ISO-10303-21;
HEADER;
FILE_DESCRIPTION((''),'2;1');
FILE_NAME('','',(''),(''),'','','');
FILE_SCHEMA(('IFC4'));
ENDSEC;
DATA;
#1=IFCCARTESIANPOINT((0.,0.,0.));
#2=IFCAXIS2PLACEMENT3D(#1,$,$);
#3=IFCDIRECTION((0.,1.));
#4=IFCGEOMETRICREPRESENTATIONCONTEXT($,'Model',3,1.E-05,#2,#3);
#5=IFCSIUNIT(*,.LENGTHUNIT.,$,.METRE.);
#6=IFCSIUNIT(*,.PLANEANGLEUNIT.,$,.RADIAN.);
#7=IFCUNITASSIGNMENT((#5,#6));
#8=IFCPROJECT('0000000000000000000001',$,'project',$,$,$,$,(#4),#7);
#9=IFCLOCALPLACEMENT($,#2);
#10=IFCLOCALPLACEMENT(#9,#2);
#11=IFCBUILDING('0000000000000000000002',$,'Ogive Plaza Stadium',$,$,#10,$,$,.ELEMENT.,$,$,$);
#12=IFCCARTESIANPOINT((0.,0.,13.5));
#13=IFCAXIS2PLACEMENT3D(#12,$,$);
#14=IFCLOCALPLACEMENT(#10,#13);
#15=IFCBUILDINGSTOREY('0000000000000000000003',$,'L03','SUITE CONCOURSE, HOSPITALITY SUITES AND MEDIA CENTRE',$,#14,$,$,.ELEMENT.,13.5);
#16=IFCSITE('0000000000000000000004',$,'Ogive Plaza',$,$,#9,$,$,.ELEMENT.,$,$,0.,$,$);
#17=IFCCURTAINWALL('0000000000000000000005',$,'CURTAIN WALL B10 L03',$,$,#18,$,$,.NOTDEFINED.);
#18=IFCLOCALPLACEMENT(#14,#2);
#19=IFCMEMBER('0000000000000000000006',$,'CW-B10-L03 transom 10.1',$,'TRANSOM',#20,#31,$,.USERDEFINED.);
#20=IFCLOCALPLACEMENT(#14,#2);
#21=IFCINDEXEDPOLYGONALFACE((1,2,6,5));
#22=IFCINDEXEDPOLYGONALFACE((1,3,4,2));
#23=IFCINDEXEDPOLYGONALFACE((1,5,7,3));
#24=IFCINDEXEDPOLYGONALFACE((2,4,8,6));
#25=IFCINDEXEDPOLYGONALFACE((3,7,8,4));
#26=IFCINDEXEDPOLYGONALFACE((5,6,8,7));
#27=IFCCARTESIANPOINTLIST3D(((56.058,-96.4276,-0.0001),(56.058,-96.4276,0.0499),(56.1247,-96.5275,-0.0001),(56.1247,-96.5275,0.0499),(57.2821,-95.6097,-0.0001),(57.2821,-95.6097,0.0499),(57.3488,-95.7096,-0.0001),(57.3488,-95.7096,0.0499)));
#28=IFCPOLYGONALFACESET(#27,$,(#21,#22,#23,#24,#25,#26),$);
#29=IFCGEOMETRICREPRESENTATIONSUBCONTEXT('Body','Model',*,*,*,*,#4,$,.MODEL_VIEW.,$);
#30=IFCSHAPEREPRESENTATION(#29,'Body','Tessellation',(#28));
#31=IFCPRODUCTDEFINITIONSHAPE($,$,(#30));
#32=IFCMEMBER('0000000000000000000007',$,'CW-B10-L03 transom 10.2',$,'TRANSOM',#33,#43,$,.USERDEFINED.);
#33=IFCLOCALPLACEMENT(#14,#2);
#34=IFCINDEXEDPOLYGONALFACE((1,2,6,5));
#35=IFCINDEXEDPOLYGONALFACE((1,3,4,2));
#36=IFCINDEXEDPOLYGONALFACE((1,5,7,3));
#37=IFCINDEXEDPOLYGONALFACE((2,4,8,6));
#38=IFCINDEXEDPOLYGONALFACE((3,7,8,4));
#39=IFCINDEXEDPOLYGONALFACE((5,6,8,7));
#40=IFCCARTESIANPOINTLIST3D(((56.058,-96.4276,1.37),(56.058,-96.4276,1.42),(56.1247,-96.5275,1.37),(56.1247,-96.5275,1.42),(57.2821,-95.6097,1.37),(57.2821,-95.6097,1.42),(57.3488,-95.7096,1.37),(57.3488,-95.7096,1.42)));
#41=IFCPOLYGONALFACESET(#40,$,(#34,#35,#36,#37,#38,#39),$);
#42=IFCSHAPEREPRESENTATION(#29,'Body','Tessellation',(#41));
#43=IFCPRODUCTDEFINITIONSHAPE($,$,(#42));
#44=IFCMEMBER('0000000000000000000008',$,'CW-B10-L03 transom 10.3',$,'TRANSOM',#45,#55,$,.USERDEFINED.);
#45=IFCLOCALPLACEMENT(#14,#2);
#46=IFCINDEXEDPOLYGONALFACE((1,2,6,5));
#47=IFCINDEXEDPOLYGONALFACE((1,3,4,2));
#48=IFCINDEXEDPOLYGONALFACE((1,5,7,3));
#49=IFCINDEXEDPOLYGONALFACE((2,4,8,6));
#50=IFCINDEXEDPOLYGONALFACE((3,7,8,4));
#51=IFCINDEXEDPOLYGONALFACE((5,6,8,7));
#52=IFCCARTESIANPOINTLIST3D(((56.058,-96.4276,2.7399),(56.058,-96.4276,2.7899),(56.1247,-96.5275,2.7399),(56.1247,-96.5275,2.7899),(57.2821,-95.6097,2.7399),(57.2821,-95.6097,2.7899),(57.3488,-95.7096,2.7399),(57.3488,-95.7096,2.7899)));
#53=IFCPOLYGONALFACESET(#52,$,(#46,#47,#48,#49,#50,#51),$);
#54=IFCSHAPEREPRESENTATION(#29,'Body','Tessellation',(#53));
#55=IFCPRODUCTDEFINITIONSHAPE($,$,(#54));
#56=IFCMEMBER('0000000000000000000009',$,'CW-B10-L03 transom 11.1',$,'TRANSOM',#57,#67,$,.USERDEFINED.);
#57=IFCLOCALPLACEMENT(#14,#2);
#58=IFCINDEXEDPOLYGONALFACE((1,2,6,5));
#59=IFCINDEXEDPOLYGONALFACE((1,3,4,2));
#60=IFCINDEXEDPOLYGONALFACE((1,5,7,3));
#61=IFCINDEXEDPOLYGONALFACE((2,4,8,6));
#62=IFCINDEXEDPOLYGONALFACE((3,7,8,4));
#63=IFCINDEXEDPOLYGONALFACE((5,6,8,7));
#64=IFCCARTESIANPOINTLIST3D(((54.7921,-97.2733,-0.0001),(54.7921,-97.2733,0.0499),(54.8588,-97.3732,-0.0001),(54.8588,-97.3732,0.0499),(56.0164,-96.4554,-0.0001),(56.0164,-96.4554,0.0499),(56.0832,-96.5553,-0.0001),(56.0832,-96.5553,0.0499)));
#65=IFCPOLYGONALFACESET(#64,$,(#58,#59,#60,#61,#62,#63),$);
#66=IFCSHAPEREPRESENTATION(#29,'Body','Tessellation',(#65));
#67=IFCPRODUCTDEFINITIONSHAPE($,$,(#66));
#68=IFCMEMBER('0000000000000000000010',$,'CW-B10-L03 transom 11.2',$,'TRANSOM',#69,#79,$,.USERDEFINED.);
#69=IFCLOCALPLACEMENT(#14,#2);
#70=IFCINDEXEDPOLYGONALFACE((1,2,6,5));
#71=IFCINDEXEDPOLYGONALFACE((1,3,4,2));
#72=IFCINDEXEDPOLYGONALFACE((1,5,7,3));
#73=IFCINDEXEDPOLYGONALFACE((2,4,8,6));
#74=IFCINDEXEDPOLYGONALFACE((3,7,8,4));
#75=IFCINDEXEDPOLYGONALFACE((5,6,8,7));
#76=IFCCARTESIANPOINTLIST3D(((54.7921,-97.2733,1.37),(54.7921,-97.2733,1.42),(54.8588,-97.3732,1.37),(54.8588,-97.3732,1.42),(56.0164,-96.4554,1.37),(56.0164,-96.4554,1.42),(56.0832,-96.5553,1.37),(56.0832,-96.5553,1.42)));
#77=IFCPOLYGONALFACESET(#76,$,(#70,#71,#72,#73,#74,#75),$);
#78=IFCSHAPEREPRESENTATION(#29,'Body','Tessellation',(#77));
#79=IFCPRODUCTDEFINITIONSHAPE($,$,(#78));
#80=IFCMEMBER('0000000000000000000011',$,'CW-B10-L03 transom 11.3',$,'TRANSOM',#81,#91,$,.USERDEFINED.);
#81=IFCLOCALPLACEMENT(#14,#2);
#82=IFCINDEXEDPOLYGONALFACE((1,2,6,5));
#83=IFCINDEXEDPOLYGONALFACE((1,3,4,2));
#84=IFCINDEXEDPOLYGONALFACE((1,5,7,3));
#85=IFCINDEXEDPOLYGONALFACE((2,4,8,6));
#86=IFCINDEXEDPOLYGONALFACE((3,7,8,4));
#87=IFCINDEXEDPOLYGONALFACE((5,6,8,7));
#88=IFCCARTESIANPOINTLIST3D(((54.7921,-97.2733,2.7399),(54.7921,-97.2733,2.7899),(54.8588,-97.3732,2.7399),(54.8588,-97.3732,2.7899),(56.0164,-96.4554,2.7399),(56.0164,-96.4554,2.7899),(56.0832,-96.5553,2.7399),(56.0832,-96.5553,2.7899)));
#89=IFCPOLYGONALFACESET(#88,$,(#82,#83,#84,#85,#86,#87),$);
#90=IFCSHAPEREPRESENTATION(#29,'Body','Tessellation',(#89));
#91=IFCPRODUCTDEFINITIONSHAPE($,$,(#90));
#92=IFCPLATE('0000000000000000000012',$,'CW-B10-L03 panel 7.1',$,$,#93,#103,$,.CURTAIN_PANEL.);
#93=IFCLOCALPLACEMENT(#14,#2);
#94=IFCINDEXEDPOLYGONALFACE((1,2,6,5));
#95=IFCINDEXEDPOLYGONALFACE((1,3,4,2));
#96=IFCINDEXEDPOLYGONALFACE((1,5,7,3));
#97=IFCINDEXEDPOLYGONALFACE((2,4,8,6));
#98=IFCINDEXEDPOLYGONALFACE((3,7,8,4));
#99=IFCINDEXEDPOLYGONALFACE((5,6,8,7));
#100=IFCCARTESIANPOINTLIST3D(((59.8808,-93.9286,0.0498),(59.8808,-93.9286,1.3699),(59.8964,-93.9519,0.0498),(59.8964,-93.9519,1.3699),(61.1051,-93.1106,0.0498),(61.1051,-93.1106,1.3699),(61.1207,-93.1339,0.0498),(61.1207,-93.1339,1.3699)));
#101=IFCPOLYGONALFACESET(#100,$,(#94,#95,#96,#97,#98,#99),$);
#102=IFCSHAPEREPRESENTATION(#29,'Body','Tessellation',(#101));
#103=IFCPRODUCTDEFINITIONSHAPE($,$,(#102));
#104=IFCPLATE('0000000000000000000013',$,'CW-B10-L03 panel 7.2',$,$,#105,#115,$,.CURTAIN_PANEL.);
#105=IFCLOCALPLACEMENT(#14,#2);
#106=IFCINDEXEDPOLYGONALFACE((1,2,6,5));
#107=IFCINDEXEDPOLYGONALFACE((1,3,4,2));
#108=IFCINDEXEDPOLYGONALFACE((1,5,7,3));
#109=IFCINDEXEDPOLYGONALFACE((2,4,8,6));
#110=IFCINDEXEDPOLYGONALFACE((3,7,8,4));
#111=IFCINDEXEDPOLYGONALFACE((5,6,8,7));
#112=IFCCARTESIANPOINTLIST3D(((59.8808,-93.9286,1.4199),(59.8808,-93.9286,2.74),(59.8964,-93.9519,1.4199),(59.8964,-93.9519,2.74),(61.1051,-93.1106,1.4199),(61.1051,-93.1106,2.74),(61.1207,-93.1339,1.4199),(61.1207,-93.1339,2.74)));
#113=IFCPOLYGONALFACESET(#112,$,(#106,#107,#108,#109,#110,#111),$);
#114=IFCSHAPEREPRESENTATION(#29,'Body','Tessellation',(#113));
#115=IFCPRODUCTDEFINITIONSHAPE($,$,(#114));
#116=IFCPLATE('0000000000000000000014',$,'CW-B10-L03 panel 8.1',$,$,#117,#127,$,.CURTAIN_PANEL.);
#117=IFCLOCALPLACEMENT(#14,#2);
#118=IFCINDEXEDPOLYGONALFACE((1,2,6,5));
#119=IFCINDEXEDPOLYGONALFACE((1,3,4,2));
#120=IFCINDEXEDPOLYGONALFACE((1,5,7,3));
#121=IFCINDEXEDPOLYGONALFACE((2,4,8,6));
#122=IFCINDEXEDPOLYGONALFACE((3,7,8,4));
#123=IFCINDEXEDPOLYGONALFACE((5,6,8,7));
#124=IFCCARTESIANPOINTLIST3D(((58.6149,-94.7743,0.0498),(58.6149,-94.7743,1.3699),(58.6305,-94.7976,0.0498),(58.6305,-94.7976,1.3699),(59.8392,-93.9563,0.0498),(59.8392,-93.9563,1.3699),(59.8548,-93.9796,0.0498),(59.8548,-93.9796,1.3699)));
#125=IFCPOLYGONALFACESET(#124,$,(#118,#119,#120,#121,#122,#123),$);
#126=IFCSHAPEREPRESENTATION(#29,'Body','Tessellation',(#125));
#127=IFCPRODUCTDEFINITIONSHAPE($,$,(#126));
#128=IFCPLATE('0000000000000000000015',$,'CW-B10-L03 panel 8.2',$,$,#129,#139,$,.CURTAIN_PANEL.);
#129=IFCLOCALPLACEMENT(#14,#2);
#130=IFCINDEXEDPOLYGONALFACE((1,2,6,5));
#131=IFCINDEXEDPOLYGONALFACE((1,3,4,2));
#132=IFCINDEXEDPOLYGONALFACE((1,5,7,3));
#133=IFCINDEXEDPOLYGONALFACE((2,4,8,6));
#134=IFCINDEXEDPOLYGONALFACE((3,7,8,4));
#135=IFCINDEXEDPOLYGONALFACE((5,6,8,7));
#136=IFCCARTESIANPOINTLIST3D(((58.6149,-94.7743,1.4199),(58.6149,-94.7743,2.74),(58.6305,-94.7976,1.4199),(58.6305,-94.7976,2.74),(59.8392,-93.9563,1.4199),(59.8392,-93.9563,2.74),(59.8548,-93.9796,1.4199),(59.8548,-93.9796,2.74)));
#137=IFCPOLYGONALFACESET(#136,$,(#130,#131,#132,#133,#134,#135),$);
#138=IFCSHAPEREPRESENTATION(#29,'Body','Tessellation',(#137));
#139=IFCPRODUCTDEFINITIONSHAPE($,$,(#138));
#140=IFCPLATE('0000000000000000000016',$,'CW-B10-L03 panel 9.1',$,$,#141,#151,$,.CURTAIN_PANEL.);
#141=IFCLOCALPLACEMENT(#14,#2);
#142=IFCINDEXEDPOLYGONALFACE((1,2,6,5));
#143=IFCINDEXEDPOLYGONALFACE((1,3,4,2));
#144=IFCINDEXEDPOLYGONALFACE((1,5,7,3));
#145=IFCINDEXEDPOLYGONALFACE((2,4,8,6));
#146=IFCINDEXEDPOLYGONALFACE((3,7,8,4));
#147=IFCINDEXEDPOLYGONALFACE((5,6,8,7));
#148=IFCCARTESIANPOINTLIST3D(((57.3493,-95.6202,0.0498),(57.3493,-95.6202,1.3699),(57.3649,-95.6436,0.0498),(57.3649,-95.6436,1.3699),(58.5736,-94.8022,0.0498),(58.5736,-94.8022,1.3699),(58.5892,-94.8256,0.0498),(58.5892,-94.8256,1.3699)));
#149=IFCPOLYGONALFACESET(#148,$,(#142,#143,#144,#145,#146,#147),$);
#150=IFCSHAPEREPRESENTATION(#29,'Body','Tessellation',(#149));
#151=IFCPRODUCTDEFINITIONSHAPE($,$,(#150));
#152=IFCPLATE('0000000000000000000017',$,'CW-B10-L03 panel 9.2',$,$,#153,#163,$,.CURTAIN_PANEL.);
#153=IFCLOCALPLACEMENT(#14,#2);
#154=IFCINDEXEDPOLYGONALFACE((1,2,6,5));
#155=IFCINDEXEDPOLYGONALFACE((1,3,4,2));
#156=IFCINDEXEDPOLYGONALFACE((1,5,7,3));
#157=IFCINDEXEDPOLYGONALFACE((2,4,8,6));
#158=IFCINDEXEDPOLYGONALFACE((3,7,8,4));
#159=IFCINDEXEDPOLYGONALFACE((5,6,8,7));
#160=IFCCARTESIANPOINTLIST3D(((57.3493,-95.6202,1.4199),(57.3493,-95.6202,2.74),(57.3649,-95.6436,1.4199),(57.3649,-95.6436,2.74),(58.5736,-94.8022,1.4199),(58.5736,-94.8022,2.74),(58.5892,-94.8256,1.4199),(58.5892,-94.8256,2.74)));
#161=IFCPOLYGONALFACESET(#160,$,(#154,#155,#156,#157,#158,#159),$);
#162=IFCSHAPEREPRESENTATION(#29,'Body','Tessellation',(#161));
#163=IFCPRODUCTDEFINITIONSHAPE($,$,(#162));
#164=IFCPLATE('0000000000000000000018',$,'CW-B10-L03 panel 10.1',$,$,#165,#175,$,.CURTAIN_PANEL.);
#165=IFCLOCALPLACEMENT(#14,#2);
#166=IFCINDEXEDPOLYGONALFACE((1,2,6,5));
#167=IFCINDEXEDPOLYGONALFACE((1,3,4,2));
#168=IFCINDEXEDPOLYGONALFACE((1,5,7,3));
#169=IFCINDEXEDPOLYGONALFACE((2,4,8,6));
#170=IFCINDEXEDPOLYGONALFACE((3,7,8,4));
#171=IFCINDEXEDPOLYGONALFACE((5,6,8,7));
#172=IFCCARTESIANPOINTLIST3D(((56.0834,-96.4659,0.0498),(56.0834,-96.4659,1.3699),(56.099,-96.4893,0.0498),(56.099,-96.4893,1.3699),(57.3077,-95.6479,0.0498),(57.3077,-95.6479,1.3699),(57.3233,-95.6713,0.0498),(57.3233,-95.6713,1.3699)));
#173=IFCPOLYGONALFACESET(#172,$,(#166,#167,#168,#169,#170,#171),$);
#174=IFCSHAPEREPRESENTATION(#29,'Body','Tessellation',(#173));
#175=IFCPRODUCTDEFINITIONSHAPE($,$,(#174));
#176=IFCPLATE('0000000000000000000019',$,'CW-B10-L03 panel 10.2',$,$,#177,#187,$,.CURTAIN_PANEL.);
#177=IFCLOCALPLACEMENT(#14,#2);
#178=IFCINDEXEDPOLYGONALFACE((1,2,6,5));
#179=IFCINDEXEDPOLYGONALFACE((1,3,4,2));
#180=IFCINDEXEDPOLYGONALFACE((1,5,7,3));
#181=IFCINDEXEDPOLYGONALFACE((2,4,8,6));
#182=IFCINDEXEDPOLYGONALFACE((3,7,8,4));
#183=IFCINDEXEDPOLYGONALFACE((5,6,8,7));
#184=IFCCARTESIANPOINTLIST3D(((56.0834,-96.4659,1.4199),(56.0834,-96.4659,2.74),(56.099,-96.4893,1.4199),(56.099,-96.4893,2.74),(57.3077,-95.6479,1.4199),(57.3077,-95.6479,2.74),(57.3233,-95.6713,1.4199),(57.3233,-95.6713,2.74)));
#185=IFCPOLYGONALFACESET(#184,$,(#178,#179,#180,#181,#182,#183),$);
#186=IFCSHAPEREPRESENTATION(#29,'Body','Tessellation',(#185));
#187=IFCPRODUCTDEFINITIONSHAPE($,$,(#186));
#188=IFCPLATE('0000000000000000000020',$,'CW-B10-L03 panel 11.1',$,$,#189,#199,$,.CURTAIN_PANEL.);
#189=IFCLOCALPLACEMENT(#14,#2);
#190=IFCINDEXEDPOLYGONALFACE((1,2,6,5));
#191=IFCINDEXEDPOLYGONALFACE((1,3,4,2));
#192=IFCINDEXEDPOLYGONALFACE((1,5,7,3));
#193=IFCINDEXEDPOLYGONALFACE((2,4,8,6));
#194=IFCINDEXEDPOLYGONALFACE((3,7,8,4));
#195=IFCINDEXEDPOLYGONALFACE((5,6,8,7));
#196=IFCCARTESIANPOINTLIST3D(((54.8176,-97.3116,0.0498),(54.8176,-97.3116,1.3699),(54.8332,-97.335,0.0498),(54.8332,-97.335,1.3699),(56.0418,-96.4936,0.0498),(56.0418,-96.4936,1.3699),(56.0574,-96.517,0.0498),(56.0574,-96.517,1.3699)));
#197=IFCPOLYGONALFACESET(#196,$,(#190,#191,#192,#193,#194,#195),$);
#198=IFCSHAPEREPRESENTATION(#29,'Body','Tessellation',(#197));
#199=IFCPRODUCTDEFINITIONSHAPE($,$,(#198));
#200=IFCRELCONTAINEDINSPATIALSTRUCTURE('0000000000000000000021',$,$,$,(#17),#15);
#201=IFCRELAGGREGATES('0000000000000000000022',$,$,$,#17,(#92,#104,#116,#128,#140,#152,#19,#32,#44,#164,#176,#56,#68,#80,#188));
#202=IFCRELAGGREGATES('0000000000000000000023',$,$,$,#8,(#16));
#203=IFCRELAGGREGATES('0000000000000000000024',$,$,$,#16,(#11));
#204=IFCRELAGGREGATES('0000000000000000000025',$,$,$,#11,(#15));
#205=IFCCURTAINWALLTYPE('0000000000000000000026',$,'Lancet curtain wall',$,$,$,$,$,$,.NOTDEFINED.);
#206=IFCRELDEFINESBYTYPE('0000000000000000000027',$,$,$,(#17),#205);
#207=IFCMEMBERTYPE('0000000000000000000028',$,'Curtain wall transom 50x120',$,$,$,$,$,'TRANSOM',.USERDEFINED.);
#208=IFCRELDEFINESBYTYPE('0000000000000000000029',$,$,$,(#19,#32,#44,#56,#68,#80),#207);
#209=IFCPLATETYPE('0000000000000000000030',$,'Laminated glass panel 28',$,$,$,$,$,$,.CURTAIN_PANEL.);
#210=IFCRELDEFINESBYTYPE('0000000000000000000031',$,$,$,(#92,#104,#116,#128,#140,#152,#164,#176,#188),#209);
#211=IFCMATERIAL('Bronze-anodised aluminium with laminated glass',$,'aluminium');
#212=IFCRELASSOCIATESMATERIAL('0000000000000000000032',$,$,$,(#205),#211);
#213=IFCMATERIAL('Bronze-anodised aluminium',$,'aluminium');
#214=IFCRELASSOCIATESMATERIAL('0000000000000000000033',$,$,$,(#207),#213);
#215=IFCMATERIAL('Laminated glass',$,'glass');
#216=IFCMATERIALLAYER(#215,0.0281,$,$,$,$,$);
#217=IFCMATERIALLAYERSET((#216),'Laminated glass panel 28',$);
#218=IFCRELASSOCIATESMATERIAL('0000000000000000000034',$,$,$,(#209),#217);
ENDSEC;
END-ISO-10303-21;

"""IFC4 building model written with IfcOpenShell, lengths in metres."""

from ifc_helpers import new_model, si_unit, direction, frame, origin, origin_2d, place, context, subcontext, project, spatial, rectangle, extrude, material, layer, layer_set, material_profile, profile_set, type_object, element, aggregate, save


model = new_model("IFC4")

# Units and contexts
model_context = context("Model", 3, precision=1e-05, world=origin(), true_north=direction((0.0, 1.0)))
body_context = subcontext(model_context, "Body", "Model", "MODEL_VIEW")
ifc_project = project(units=[si_unit("LENGTHUNIT", "METRE"), si_unit("PLANEANGLEUNIT", "RADIAN")], contexts=[model_context])

# Site, building, storey
site_placement = place(None, origin())
site = spatial("IfcSite", under=ifc_project, at=site_placement, Name="Ogive Plaza", CompositionType="ELEMENT", RefElevation=0.0)
building_placement = place(site_placement, origin())
building = spatial("IfcBuilding", under=site, at=building_placement, Name="Ogive Plaza Stadium", CompositionType="ELEMENT")
storey_placement = place(building_placement, frame((0.0, 0.0, 13.5)))
storey = spatial("IfcBuildingStorey", under=building, at=storey_placement, Name="L03", Description="SUITE CONCOURSE, HOSPITALITY SUITES AND MEDIA CENTRE", CompositionType="ELEMENT", Elevation=13.5)

# Curtain wall, members, plates
ifc_material_1 = material(Name="Bronze-anodised aluminium with laminated glass", Category="aluminium")
curtain_wall_type = type_object("IfcCurtainWallType", Name="Lancet curtain wall", PredefinedType="NOTDEFINED", material=ifc_material_1)
curtain_wall_placement = place(storey_placement, origin())
curtain_wall = element("IfcCurtainWall", 1, at=curtain_wall_placement, inside=storey, type_object=curtain_wall_type, Name="CURTAIN WALL B10 L03", PredefinedType="NOTDEFINED")
ifc_material_2 = material(Name="Bronze-anodised aluminium", Category="aluminium")
ifc_material_profile_1 = material_profile(ifc_material_2, rectangle(XDim=0.1201, YDim=0.05, at=origin_2d()), Name="AL 120x50")
ifc_profile_set_1 = profile_set([ifc_material_profile_1], Name="Bronze-anodised aluminium")
member_type_1 = type_object("IfcMemberType", Name="Curtain wall transom 50x120", ElementType="TRANSOM", PredefinedType="USERDEFINED", material=ifc_profile_set_1)
member_1_placement = place(storey_placement, frame((57.3154, -95.6597, 0.0249), z_axis=(-0.831489, -0.555542, 0.0), x_axis=(0.555542, -0.831489, 0.0)))
member_1 = element("IfcMember", 2, at=member_1_placement, type_object=member_type_1, Name="CW-B10-L03 transom 10.1", ObjectType="TRANSOM", PredefinedType="USERDEFINED", context=body_context, shape_type="SweptSolid", body=[
    extrude(rectangle(XDim=0.1201, YDim=0.05, at=origin_2d()), origin(), (0.0, 0.0, 1.0), 1.4722),
])
member_2_placement = place(storey_placement, frame((57.3154, -95.6597, 1.395), z_axis=(-0.831489, -0.555542, 0.0), x_axis=(0.555542, -0.831489, 0.0)))
member_2 = element("IfcMember", 3, at=member_2_placement, type_object=member_type_1, Name="CW-B10-L03 transom 10.2", ObjectType="TRANSOM", PredefinedType="USERDEFINED", context=body_context, shape_type="SweptSolid", body=[
    extrude(rectangle(XDim=0.1201, YDim=0.05, at=origin_2d()), origin(), (0.0, 0.0, 1.0), 1.4722),
])
member_3_placement = place(storey_placement, frame((57.3154, -95.6597, 2.7649), z_axis=(-0.831489, -0.555542, 0.0), x_axis=(0.555542, -0.831489, 0.0)))
member_3 = element("IfcMember", 4, at=member_3_placement, type_object=member_type_1, Name="CW-B10-L03 transom 10.3", ObjectType="TRANSOM", PredefinedType="USERDEFINED", context=body_context, shape_type="SweptSolid", body=[
    extrude(rectangle(XDim=0.1201, YDim=0.05, at=origin_2d()), origin(), (0.0, 0.0, 1.0), 1.4722),
])
member_4_placement = place(storey_placement, frame((56.0498, -96.5054, 0.0249), z_axis=(-0.83154, -0.555465, 0.0), x_axis=(0.555465, -0.83154, 0.0)))
member_4 = element("IfcMember", 5, at=member_4_placement, type_object=member_type_1, Name="CW-B10-L03 transom 11.1", ObjectType="TRANSOM", PredefinedType="USERDEFINED", context=body_context, shape_type="SweptSolid", body=[
    extrude(rectangle(XDim=0.1201, YDim=0.05, at=origin_2d()), origin(), (0.0, 0.0, 1.0), 1.4724),
])
member_5_placement = place(storey_placement, frame((56.0498, -96.5054, 1.395), z_axis=(-0.83154, -0.555465, 0.0), x_axis=(0.555465, -0.83154, 0.0)))
member_5 = element("IfcMember", 6, at=member_5_placement, type_object=member_type_1, Name="CW-B10-L03 transom 11.2", ObjectType="TRANSOM", PredefinedType="USERDEFINED", context=body_context, shape_type="SweptSolid", body=[
    extrude(rectangle(XDim=0.1201, YDim=0.05, at=origin_2d()), origin(), (0.0, 0.0, 1.0), 1.4724),
])
member_6_placement = place(storey_placement, frame((56.0498, -96.5054, 2.7649), z_axis=(-0.83154, -0.555465, 0.0), x_axis=(0.555465, -0.83154, 0.0)))
member_6 = element("IfcMember", 7, at=member_6_placement, type_object=member_type_1, Name="CW-B10-L03 transom 11.3", ObjectType="TRANSOM", PredefinedType="USERDEFINED", context=body_context, shape_type="SweptSolid", body=[
    extrude(rectangle(XDim=0.1201, YDim=0.05, at=origin_2d()), origin(), (0.0, 0.0, 1.0), 1.4724),
])
ifc_material_3 = material(Name="Laminated glass", Category="glass")
ifc_layer_1 = layer(ifc_material_3, 0.0281)
ifc_layer_set_1 = layer_set([ifc_layer_1], Name="Laminated glass panel 28")
plate_type = type_object("IfcPlateType", Name="Laminated glass panel 28", PredefinedType="CURTAIN_PANEL", material=ifc_layer_set_1)
plate_1_placement = place(storey_placement, frame((60.5007, -93.5312, 0.0498), z_axis=(0.0, 0.0, 1.0), x_axis=(-0.83147, -0.55557, 0.0)))
plate_1 = element("IfcPlate", 8, at=plate_1_placement, type_object=plate_type, Name="CW-B10-L03 panel 7.1", PredefinedType="CURTAIN_PANEL", context=body_context, shape_type="SweptSolid", body=[
    extrude(rectangle(XDim=1.4724, YDim=0.0281, at=origin_2d()), origin(), (0.0, 0.0, 1.0), 1.3201),
])
plate_2_placement = place(storey_placement, frame((60.5007, -93.5312, 1.4199), z_axis=(0.0, 0.0, 1.0), x_axis=(-0.83147, -0.55557, 0.0)))
plate_2 = element("IfcPlate", 9, at=plate_2_placement, type_object=plate_type, Name="CW-B10-L03 panel 7.2", PredefinedType="CURTAIN_PANEL", context=body_context, shape_type="SweptSolid", body=[
    extrude(rectangle(XDim=1.4724, YDim=0.0281, at=origin_2d()), origin(), (0.0, 0.0, 1.0), 1.3201),
])
plate_3_placement = place(storey_placement, frame((59.2349, -94.377, 0.0498), z_axis=(0.0, 0.0, 1.0), x_axis=(-0.83147, -0.55557, 0.0)))
plate_3 = element("IfcPlate", 10, at=plate_3_placement, type_object=plate_type, Name="CW-B10-L03 panel 8.1", PredefinedType="CURTAIN_PANEL", context=body_context, shape_type="SweptSolid", body=[
    extrude(rectangle(XDim=1.4724, YDim=0.0281, at=origin_2d()), origin(), (0.0, 0.0, 1.0), 1.3201),
])
plate_4_placement = place(storey_placement, frame((59.2349, -94.377, 1.4199), z_axis=(0.0, 0.0, 1.0), x_axis=(-0.83147, -0.55557, 0.0)))
plate_4 = element("IfcPlate", 11, at=plate_4_placement, type_object=plate_type, Name="CW-B10-L03 panel 8.2", PredefinedType="CURTAIN_PANEL", context=body_context, shape_type="SweptSolid", body=[
    extrude(rectangle(XDim=1.4724, YDim=0.0281, at=origin_2d()), origin(), (0.0, 0.0, 1.0), 1.3201),
])
plate_5_placement = place(storey_placement, frame((57.9692, -95.2229, 0.0498), z_axis=(0.0, 0.0, 1.0), x_axis=(-0.83147, -0.55557, 0.0)))
plate_5 = element("IfcPlate", 12, at=plate_5_placement, type_object=plate_type, Name="CW-B10-L03 panel 9.1", PredefinedType="CURTAIN_PANEL", context=body_context, shape_type="SweptSolid", body=[
    extrude(rectangle(XDim=1.4724, YDim=0.0281, at=origin_2d()), origin(), (0.0, 0.0, 1.0), 1.3201),
])
plate_6_placement = place(storey_placement, frame((57.9692, -95.2229, 1.4199), z_axis=(0.0, 0.0, 1.0), x_axis=(-0.83147, -0.55557, 0.0)))
plate_6 = element("IfcPlate", 13, at=plate_6_placement, type_object=plate_type, Name="CW-B10-L03 panel 9.2", PredefinedType="CURTAIN_PANEL", context=body_context, shape_type="SweptSolid", body=[
    extrude(rectangle(XDim=1.4724, YDim=0.0281, at=origin_2d()), origin(), (0.0, 0.0, 1.0), 1.3201),
])
plate_7_placement = place(storey_placement, frame((56.7034, -96.0686, 0.0498), z_axis=(0.0, 0.0, 1.0), x_axis=(-0.83147, -0.55557, 0.0)))
plate_7 = element("IfcPlate", 14, at=plate_7_placement, type_object=plate_type, Name="CW-B10-L03 panel 10.1", PredefinedType="CURTAIN_PANEL", context=body_context, shape_type="SweptSolid", body=[
    extrude(rectangle(XDim=1.4724, YDim=0.0281, at=origin_2d()), origin(), (0.0, 0.0, 1.0), 1.3201),
])
plate_8_placement = place(storey_placement, frame((56.7034, -96.0686, 1.4199), z_axis=(0.0, 0.0, 1.0), x_axis=(-0.83147, -0.55557, 0.0)))
plate_8 = element("IfcPlate", 15, at=plate_8_placement, type_object=plate_type, Name="CW-B10-L03 panel 10.2", PredefinedType="CURTAIN_PANEL", context=body_context, shape_type="SweptSolid", body=[
    extrude(rectangle(XDim=1.4724, YDim=0.0281, at=origin_2d()), origin(), (0.0, 0.0, 1.0), 1.3201),
])
plate_9_placement = place(storey_placement, frame((55.4375, -96.9143, 0.0498), z_axis=(0.0, 0.0, 1.0), x_axis=(-0.83147, -0.55557, 0.0)))
plate_9 = element("IfcPlate", 16, at=plate_9_placement, type_object=plate_type, Name="CW-B10-L03 panel 11.1", PredefinedType="CURTAIN_PANEL", context=body_context, shape_type="SweptSolid", body=[
    extrude(rectangle(XDim=1.4724, YDim=0.0281, at=origin_2d()), origin(), (0.0, 0.0, 1.0), 1.3201),
])
aggregate(curtain_wall, [plate_1, plate_2, plate_3, plate_4, plate_5, plate_6, member_1, member_2, member_3, plate_7, plate_8, member_4, member_5, member_6, plate_9])

save(model, "model.ifc")
